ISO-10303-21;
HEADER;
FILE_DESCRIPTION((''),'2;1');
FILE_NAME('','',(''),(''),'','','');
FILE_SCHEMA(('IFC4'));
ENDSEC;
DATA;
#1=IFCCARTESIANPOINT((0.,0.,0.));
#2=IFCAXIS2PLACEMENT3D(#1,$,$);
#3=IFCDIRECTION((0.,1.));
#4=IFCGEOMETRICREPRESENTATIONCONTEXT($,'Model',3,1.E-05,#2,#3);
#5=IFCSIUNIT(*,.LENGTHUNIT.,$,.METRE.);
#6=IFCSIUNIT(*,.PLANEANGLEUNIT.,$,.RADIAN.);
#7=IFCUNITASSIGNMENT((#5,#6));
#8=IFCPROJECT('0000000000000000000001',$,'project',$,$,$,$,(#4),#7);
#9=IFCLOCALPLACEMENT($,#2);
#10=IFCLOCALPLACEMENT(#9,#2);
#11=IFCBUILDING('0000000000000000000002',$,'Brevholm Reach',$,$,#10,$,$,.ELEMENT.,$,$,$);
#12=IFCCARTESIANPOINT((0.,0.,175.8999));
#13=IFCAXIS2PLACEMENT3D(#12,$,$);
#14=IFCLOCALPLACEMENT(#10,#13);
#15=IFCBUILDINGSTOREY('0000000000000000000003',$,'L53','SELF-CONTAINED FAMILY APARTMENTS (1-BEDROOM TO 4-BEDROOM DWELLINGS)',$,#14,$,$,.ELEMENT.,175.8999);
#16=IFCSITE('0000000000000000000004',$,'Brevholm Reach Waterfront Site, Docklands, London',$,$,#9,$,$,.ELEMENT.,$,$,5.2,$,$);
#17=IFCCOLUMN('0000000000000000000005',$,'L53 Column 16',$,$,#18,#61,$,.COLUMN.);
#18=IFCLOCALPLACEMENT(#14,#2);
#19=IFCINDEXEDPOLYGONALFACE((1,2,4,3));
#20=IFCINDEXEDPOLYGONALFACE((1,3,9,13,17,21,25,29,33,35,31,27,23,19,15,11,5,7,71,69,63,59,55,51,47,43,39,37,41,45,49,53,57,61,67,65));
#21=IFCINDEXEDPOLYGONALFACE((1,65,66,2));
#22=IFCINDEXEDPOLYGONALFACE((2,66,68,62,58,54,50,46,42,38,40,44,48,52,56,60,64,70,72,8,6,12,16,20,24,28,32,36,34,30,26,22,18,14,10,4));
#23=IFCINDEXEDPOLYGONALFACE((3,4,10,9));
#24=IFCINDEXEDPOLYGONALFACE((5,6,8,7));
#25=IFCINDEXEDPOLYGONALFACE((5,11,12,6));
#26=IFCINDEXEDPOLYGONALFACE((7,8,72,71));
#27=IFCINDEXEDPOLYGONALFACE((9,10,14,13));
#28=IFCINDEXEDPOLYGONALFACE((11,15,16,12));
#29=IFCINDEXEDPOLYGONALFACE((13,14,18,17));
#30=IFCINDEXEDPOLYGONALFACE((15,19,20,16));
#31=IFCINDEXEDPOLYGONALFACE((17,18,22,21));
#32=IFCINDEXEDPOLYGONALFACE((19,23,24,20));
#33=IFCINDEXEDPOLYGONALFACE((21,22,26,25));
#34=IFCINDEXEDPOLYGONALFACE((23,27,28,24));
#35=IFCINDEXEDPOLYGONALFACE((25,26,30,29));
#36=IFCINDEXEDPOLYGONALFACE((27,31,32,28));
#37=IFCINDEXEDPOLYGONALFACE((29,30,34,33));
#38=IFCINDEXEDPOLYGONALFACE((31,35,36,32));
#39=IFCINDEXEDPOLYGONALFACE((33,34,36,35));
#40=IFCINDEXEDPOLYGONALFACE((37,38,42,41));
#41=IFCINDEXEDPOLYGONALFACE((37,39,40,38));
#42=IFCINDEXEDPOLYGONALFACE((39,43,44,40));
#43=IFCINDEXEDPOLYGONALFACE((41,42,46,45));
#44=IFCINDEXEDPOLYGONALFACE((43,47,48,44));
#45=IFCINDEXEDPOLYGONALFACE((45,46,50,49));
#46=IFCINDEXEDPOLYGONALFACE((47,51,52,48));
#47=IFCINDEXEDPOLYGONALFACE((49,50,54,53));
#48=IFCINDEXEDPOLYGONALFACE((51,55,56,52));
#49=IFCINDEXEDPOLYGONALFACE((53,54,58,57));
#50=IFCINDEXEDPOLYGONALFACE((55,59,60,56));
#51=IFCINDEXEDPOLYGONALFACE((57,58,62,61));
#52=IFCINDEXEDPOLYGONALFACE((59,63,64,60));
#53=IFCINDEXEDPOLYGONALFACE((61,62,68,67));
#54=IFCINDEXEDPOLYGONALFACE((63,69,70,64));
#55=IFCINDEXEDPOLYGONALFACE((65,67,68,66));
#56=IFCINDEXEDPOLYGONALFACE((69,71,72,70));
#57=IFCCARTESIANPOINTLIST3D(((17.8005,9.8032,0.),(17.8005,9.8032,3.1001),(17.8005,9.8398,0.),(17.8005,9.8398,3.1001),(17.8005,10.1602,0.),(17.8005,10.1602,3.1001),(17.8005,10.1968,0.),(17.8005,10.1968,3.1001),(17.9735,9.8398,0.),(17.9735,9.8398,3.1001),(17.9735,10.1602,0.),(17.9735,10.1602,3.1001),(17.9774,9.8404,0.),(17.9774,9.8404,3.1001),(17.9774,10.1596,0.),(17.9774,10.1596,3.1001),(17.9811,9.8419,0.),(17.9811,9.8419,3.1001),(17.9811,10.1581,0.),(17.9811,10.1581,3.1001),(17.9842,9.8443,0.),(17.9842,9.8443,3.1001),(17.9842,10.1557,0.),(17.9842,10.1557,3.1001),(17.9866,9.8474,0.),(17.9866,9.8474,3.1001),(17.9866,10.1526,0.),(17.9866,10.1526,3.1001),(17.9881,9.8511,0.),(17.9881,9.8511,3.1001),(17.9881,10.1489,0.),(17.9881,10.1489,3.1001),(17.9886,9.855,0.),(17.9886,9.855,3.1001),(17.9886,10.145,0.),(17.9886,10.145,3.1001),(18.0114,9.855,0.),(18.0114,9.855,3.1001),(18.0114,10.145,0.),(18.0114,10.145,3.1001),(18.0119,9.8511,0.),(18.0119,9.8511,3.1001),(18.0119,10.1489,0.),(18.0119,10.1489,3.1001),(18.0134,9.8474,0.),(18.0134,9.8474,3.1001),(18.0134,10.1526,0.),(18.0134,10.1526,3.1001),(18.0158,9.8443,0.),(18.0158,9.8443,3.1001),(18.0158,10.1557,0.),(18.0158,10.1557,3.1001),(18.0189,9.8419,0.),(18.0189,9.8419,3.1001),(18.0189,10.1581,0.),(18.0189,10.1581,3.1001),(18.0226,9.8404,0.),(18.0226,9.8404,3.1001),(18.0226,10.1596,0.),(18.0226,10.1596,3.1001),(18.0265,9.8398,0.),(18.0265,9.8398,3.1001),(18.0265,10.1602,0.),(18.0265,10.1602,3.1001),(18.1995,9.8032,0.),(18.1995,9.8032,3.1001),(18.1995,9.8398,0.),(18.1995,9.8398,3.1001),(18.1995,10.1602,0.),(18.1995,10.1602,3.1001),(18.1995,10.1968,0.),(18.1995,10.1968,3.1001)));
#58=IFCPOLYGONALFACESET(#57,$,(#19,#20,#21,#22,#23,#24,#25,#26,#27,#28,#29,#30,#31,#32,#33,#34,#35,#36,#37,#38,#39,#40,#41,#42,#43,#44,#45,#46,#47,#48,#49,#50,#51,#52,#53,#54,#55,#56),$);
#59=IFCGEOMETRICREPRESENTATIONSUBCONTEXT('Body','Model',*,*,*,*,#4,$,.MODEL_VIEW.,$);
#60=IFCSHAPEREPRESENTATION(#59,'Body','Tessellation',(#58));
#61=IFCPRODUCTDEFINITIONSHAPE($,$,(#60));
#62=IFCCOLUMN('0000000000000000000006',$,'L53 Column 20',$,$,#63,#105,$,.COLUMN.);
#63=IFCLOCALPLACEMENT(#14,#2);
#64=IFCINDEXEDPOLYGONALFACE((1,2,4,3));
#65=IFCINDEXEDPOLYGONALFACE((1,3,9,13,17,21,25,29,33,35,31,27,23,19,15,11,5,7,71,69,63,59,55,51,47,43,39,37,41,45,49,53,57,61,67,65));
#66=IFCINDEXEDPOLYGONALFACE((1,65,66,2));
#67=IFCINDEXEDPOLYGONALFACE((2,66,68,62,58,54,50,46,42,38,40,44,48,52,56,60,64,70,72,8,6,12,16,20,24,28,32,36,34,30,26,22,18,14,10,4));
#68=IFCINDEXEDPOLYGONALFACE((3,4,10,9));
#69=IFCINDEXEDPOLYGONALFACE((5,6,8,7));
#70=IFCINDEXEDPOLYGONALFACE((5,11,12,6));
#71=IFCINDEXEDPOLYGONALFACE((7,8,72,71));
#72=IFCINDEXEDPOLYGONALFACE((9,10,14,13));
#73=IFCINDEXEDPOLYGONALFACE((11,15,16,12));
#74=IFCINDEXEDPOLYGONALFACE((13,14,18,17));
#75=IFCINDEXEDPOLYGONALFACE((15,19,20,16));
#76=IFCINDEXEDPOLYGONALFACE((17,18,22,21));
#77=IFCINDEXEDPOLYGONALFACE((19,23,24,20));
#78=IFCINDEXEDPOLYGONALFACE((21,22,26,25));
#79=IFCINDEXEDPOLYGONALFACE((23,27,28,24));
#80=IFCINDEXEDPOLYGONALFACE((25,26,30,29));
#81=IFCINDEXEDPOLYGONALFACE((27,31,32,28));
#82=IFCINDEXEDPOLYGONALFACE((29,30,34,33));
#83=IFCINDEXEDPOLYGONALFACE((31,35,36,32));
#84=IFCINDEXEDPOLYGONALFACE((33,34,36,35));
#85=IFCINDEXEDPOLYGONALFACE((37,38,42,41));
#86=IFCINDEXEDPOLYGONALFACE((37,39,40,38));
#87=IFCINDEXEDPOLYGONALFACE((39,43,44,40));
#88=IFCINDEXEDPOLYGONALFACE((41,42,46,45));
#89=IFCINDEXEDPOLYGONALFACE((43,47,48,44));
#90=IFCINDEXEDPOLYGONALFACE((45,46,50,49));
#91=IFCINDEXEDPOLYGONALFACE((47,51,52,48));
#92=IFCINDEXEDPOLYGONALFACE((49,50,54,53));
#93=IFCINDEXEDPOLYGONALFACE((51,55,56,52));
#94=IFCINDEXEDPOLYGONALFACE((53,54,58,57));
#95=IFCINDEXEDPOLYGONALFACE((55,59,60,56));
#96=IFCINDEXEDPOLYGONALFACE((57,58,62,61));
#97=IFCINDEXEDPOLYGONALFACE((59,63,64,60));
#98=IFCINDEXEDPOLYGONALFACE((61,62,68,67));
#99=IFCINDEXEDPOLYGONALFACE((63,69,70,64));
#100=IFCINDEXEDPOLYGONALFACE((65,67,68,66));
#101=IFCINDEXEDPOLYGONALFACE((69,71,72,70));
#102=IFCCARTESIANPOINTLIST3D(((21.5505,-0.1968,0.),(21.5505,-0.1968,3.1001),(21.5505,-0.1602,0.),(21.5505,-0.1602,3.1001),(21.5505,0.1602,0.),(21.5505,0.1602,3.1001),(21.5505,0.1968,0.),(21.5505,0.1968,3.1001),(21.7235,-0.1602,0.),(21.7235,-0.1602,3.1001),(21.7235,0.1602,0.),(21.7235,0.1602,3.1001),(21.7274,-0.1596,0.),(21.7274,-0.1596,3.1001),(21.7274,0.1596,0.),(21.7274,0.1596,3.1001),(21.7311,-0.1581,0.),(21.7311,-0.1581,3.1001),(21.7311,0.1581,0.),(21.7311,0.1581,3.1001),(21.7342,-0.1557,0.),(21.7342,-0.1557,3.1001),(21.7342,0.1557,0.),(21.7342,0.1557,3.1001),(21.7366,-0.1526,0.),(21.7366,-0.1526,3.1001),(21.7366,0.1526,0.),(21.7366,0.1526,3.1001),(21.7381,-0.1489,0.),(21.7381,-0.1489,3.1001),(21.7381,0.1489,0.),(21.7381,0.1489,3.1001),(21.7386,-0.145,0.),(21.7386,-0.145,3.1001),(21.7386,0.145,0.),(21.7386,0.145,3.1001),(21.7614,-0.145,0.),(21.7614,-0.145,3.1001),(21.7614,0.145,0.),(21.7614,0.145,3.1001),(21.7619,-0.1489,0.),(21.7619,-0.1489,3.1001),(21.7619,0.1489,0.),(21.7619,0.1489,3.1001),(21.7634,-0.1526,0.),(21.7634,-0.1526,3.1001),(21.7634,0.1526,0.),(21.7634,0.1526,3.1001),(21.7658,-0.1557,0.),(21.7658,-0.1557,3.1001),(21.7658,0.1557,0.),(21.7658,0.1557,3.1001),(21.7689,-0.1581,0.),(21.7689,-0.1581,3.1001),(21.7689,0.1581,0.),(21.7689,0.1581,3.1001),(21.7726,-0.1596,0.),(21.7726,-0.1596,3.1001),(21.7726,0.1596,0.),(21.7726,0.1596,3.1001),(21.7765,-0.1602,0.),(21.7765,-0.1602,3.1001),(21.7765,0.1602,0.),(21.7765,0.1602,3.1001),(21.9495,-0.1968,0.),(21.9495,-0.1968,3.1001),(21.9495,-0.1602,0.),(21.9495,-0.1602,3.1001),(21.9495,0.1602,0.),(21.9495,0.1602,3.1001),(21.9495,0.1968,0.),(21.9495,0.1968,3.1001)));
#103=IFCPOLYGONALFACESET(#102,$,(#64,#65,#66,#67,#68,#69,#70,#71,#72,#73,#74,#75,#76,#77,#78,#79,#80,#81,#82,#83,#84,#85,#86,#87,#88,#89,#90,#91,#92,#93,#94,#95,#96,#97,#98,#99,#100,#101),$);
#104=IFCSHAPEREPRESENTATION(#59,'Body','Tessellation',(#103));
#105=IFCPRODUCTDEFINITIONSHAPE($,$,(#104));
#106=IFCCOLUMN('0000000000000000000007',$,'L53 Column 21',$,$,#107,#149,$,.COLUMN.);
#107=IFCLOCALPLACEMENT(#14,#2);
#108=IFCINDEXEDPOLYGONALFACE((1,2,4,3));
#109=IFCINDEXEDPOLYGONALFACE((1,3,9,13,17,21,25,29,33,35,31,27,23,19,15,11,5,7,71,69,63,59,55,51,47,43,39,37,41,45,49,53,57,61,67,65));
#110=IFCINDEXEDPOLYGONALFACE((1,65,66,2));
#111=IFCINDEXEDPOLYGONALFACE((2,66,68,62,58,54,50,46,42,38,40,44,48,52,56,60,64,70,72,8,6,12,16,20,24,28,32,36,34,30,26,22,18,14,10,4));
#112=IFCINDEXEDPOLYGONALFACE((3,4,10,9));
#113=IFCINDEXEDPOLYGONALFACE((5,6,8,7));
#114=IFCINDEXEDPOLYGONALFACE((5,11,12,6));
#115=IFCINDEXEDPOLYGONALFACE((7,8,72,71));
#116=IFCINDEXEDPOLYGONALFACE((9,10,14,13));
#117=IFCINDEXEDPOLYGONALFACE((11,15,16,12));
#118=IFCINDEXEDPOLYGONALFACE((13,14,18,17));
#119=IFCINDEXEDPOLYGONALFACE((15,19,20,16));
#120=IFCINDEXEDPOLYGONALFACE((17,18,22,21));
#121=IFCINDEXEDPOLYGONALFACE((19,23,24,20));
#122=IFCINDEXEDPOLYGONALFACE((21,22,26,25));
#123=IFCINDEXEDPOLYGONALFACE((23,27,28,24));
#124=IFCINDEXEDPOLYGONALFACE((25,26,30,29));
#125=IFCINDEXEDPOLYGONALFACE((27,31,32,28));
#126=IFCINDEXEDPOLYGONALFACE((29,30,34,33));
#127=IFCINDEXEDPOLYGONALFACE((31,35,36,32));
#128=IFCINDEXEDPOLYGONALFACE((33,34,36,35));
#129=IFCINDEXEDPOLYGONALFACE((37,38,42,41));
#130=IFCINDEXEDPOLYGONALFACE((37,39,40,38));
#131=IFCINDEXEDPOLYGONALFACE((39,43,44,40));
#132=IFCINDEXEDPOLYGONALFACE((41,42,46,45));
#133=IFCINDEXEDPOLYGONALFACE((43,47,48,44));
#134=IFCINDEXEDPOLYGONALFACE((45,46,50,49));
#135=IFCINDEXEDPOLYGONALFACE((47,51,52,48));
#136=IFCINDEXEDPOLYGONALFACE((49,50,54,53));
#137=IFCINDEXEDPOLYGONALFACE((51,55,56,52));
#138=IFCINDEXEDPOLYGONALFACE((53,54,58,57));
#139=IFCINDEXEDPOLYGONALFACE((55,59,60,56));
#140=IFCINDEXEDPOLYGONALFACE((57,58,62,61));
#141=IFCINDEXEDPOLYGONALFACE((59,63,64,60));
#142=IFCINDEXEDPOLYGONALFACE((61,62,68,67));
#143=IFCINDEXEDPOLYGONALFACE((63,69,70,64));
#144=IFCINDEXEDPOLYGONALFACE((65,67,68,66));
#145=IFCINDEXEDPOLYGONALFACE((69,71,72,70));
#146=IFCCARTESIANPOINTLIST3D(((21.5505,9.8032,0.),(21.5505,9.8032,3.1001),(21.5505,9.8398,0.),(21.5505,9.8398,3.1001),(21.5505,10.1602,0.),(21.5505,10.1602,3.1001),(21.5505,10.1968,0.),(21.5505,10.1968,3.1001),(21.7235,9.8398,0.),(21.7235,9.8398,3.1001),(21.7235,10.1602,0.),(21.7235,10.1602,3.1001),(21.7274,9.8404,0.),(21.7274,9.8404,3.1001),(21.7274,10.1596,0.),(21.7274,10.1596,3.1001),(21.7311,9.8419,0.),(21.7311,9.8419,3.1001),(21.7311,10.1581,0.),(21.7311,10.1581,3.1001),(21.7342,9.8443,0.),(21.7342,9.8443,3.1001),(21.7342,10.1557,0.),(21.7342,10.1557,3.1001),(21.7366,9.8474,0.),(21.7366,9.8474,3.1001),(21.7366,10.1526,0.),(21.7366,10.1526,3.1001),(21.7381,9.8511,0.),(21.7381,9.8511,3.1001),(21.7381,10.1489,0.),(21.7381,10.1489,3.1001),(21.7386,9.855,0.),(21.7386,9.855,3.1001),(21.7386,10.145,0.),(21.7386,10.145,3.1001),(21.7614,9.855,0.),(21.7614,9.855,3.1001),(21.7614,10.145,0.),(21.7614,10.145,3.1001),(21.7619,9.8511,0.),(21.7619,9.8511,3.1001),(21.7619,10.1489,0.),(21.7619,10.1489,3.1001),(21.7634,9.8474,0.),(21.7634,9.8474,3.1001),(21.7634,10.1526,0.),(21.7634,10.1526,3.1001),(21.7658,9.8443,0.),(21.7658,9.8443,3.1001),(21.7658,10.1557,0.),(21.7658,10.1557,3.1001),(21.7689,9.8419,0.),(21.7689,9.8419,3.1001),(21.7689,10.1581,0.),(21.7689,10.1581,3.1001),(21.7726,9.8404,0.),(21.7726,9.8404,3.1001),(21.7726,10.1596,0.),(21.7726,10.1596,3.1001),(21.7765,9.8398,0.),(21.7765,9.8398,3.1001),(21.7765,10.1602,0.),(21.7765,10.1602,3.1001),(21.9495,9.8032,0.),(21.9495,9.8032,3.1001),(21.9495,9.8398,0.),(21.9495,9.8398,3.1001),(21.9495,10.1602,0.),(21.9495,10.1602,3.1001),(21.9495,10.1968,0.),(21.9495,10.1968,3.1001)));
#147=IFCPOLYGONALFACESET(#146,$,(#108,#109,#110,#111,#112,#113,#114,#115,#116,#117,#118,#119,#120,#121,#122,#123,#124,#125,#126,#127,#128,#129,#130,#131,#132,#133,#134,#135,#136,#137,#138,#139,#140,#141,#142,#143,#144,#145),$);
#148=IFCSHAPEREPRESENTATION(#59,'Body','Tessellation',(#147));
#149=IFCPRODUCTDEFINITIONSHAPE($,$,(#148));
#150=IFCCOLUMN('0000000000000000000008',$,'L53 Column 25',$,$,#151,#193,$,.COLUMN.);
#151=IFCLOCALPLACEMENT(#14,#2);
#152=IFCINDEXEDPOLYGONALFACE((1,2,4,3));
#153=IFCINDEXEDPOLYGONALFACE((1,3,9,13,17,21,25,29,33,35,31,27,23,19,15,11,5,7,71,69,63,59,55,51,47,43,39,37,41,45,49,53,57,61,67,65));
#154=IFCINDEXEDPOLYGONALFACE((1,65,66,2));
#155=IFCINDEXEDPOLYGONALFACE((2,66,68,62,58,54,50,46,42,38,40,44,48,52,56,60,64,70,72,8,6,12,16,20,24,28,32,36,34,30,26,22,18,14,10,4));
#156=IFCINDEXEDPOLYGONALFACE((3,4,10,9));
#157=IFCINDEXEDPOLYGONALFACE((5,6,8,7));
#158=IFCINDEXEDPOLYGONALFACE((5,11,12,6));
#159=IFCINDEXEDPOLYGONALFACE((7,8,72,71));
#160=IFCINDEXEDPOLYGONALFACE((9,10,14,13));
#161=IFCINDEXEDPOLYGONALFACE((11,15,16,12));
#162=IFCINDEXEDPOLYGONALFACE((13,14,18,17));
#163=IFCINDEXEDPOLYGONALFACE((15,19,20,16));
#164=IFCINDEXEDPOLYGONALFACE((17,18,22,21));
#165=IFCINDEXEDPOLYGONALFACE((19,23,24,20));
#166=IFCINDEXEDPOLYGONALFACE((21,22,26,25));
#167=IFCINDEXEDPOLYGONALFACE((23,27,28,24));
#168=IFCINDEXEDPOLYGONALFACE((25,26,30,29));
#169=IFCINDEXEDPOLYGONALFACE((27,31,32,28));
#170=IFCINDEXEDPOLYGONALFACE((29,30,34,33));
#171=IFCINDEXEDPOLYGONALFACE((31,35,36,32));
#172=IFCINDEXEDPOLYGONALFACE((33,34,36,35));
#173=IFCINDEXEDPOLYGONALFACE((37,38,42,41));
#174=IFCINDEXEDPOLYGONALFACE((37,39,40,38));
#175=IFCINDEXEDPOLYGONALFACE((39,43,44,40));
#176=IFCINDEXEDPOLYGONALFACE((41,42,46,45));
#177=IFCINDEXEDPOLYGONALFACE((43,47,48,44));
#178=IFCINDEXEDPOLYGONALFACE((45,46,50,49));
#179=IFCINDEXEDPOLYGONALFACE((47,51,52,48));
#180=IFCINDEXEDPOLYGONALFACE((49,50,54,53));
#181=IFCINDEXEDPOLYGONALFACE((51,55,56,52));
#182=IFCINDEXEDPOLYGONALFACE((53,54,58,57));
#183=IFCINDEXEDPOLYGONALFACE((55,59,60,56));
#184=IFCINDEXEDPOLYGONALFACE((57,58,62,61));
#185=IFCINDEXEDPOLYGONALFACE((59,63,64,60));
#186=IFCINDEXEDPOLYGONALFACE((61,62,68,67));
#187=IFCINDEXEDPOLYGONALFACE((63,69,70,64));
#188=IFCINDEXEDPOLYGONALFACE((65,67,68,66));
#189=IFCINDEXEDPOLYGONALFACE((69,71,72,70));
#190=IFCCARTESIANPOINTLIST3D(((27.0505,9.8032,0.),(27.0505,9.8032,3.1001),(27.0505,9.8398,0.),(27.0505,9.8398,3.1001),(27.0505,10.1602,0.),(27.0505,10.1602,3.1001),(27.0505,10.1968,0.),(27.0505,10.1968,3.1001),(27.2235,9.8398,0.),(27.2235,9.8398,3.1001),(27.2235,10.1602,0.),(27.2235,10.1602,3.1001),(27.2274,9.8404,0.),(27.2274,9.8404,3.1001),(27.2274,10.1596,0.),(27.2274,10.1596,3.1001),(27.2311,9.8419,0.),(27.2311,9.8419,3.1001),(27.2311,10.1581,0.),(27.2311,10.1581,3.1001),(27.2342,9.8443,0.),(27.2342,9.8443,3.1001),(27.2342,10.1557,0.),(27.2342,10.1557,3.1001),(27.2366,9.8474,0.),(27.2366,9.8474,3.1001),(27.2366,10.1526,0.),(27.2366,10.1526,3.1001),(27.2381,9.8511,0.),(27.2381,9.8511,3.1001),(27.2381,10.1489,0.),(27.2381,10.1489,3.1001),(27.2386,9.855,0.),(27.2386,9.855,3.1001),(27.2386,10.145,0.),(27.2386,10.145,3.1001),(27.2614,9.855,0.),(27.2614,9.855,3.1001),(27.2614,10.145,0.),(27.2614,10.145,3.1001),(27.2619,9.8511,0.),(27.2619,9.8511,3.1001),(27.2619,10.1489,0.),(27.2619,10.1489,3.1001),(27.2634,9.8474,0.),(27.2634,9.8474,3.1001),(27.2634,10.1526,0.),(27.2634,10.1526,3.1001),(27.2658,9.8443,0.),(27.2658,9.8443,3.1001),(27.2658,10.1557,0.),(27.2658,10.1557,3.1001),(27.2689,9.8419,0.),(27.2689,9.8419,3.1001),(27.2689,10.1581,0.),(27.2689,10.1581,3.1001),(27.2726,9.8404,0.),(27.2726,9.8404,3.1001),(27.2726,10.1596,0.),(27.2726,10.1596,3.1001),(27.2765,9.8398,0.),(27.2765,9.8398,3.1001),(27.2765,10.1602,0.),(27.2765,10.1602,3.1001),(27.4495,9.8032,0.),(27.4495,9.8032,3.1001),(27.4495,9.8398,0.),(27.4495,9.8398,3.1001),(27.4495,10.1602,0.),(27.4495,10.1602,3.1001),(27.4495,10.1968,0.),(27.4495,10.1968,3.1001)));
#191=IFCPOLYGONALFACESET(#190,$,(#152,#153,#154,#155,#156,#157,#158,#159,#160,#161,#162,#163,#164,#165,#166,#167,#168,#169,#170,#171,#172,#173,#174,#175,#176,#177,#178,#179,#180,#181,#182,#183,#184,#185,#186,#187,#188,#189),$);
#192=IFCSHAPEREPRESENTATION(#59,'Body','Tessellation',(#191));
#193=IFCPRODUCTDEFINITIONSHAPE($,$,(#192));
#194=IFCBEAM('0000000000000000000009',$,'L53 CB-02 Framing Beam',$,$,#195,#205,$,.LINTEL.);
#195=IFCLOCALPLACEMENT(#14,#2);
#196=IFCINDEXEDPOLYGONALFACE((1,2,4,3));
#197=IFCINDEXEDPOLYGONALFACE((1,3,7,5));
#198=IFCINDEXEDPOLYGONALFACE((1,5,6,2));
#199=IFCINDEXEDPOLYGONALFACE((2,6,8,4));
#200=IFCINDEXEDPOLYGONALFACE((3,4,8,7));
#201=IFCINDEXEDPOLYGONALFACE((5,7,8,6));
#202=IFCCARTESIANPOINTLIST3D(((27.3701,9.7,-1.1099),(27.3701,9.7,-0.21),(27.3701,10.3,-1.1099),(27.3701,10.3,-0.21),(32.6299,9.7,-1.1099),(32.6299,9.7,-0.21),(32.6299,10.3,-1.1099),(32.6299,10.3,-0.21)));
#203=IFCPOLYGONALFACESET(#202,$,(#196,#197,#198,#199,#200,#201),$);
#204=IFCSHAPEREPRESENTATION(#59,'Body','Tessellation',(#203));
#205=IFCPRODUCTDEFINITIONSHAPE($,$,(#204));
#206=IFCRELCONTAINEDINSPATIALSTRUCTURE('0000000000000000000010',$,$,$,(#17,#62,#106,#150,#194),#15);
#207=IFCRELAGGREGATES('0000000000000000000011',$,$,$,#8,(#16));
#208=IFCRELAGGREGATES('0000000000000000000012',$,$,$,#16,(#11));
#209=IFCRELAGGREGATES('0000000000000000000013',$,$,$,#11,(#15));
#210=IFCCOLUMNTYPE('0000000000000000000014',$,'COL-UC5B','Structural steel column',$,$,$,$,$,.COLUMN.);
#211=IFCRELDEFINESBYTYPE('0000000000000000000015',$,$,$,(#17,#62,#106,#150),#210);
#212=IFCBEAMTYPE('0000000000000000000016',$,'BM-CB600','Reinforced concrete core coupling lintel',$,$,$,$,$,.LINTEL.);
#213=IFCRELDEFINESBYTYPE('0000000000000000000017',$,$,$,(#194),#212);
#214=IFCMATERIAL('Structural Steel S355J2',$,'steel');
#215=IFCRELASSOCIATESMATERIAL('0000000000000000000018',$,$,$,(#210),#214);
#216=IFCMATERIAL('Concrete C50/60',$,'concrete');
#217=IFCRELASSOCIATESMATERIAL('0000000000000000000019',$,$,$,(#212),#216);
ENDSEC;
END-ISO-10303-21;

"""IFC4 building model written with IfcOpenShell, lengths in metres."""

from ifc_helpers import new_model, si_unit, direction, frame, origin, origin_2d, place, context, subcontext, project, spatial, rectangle, i_section, extrude, material, material_profile, profile_set, type_object, element, save


model = new_model("IFC4")

# Units and contexts
model_context = context("Model", 3, precision=1e-05, world=origin(), true_north=direction((0.0, 1.0)))
body_context = subcontext(model_context, "Body", "Model", "MODEL_VIEW")
ifc_project = project(units=[si_unit("LENGTHUNIT", "METRE"), si_unit("PLANEANGLEUNIT", "RADIAN")], contexts=[model_context])

# Site, building, storey
site_placement = place(None, origin())
site = spatial("IfcSite", under=ifc_project, at=site_placement, Name="Brevholm Reach Waterfront Site, Docklands, London", CompositionType="ELEMENT", RefElevation=5.2)
building_placement = place(site_placement, origin())
building = spatial("IfcBuilding", under=site, at=building_placement, Name="Brevholm Reach", CompositionType="ELEMENT")
storey_placement = place(building_placement, frame((0.0, 0.0, 175.8999)))
storey = spatial("IfcBuildingStorey", under=building, at=storey_placement, Name="L53", Description="SELF-CONTAINED FAMILY APARTMENTS (1-BEDROOM TO 4-BEDROOM DWELLINGS)", CompositionType="ELEMENT", Elevation=175.8999)

# Columns
ifc_material_1 = material(Name="Structural Steel S355J2", Category="steel")
ifc_material_profile_1 = material_profile(ifc_material_1, i_section(OverallWidth=0.3989, OverallDepth=0.3936, WebThickness=0.0227, FlangeThickness=0.0366, FilletRadius=0.0151, at=origin_2d()), Name="UKC 356x406x287")
ifc_profile_set_1 = profile_set([ifc_material_profile_1], Name="Structural Steel S355J2")
column_type = type_object("IfcColumnType", Name="COL-UC5B", Description="Structural steel column", PredefinedType="COLUMN", material=ifc_profile_set_1)
for number, where, z_axis, x_axis, name in (
    (1, (18.0, 10.0, 0.0), (0.0, 0.0, 1.0), (1.0, 0.0, 0.0), "L53 Column 16"),
    (2, (21.75, 0.0, 0.0), (0.0, 0.0, 1.0), (1.0, 0.0, 0.0), "L53 Column 20"),
    (3, (21.75, 10.0, 0.0), (0.0, 0.0, 1.0), (1.0, 0.0, 0.0), "L53 Column 21"),
    (4, (27.25, 10.0, 0.0), (0.0, 0.0, 1.0), (1.0, 0.0, 0.0), "L53 Column 25"),
):
    element("IfcColumn", number, at=place(storey_placement, frame(where, z_axis=z_axis, x_axis=x_axis)), inside=storey, type_object=column_type, Name=name, PredefinedType="COLUMN", context=body_context, shape_type="SweptSolid", body=[
        extrude(i_section(OverallWidth=0.3989, OverallDepth=0.3936, WebThickness=0.0227, FlangeThickness=0.0366, FilletRadius=0.0151, at=origin_2d()), origin(), (0.0, 0.0, 1.0), 3.1001),
    ])

# Beam
ifc_material_2 = material(Name="Concrete C50/60", Category="concrete")
ifc_material_profile_2 = material_profile(ifc_material_2, rectangle(XDim=0.6001, YDim=0.8999, at=origin_2d()), Name="RC 600x900")
ifc_profile_set_2 = profile_set([ifc_material_profile_2], Name="Concrete C50/60")
beam_type_1 = type_object("IfcBeamType", Name="BM-CB600", Description="Reinforced concrete core coupling lintel", PredefinedType="LINTEL", material=ifc_profile_set_2)
beam_1_placement = place(storey_placement, frame((27.3701, 10.0, -0.6599), z_axis=(1.0, 0.0, 0.0), x_axis=(0.0, 1.0, 0.0)))
element("IfcBeam", 5, at=beam_1_placement, inside=storey, type_object=beam_type_1, Name="L53 CB-02 Framing Beam", PredefinedType="LINTEL", context=body_context, shape_type="SweptSolid", body=[
    extrude(rectangle(XDim=0.6001, YDim=0.8999, at=origin_2d()), origin(), (0.0, 0.0, 1.0), 5.2598),
])

save(model, "model.ifc")
